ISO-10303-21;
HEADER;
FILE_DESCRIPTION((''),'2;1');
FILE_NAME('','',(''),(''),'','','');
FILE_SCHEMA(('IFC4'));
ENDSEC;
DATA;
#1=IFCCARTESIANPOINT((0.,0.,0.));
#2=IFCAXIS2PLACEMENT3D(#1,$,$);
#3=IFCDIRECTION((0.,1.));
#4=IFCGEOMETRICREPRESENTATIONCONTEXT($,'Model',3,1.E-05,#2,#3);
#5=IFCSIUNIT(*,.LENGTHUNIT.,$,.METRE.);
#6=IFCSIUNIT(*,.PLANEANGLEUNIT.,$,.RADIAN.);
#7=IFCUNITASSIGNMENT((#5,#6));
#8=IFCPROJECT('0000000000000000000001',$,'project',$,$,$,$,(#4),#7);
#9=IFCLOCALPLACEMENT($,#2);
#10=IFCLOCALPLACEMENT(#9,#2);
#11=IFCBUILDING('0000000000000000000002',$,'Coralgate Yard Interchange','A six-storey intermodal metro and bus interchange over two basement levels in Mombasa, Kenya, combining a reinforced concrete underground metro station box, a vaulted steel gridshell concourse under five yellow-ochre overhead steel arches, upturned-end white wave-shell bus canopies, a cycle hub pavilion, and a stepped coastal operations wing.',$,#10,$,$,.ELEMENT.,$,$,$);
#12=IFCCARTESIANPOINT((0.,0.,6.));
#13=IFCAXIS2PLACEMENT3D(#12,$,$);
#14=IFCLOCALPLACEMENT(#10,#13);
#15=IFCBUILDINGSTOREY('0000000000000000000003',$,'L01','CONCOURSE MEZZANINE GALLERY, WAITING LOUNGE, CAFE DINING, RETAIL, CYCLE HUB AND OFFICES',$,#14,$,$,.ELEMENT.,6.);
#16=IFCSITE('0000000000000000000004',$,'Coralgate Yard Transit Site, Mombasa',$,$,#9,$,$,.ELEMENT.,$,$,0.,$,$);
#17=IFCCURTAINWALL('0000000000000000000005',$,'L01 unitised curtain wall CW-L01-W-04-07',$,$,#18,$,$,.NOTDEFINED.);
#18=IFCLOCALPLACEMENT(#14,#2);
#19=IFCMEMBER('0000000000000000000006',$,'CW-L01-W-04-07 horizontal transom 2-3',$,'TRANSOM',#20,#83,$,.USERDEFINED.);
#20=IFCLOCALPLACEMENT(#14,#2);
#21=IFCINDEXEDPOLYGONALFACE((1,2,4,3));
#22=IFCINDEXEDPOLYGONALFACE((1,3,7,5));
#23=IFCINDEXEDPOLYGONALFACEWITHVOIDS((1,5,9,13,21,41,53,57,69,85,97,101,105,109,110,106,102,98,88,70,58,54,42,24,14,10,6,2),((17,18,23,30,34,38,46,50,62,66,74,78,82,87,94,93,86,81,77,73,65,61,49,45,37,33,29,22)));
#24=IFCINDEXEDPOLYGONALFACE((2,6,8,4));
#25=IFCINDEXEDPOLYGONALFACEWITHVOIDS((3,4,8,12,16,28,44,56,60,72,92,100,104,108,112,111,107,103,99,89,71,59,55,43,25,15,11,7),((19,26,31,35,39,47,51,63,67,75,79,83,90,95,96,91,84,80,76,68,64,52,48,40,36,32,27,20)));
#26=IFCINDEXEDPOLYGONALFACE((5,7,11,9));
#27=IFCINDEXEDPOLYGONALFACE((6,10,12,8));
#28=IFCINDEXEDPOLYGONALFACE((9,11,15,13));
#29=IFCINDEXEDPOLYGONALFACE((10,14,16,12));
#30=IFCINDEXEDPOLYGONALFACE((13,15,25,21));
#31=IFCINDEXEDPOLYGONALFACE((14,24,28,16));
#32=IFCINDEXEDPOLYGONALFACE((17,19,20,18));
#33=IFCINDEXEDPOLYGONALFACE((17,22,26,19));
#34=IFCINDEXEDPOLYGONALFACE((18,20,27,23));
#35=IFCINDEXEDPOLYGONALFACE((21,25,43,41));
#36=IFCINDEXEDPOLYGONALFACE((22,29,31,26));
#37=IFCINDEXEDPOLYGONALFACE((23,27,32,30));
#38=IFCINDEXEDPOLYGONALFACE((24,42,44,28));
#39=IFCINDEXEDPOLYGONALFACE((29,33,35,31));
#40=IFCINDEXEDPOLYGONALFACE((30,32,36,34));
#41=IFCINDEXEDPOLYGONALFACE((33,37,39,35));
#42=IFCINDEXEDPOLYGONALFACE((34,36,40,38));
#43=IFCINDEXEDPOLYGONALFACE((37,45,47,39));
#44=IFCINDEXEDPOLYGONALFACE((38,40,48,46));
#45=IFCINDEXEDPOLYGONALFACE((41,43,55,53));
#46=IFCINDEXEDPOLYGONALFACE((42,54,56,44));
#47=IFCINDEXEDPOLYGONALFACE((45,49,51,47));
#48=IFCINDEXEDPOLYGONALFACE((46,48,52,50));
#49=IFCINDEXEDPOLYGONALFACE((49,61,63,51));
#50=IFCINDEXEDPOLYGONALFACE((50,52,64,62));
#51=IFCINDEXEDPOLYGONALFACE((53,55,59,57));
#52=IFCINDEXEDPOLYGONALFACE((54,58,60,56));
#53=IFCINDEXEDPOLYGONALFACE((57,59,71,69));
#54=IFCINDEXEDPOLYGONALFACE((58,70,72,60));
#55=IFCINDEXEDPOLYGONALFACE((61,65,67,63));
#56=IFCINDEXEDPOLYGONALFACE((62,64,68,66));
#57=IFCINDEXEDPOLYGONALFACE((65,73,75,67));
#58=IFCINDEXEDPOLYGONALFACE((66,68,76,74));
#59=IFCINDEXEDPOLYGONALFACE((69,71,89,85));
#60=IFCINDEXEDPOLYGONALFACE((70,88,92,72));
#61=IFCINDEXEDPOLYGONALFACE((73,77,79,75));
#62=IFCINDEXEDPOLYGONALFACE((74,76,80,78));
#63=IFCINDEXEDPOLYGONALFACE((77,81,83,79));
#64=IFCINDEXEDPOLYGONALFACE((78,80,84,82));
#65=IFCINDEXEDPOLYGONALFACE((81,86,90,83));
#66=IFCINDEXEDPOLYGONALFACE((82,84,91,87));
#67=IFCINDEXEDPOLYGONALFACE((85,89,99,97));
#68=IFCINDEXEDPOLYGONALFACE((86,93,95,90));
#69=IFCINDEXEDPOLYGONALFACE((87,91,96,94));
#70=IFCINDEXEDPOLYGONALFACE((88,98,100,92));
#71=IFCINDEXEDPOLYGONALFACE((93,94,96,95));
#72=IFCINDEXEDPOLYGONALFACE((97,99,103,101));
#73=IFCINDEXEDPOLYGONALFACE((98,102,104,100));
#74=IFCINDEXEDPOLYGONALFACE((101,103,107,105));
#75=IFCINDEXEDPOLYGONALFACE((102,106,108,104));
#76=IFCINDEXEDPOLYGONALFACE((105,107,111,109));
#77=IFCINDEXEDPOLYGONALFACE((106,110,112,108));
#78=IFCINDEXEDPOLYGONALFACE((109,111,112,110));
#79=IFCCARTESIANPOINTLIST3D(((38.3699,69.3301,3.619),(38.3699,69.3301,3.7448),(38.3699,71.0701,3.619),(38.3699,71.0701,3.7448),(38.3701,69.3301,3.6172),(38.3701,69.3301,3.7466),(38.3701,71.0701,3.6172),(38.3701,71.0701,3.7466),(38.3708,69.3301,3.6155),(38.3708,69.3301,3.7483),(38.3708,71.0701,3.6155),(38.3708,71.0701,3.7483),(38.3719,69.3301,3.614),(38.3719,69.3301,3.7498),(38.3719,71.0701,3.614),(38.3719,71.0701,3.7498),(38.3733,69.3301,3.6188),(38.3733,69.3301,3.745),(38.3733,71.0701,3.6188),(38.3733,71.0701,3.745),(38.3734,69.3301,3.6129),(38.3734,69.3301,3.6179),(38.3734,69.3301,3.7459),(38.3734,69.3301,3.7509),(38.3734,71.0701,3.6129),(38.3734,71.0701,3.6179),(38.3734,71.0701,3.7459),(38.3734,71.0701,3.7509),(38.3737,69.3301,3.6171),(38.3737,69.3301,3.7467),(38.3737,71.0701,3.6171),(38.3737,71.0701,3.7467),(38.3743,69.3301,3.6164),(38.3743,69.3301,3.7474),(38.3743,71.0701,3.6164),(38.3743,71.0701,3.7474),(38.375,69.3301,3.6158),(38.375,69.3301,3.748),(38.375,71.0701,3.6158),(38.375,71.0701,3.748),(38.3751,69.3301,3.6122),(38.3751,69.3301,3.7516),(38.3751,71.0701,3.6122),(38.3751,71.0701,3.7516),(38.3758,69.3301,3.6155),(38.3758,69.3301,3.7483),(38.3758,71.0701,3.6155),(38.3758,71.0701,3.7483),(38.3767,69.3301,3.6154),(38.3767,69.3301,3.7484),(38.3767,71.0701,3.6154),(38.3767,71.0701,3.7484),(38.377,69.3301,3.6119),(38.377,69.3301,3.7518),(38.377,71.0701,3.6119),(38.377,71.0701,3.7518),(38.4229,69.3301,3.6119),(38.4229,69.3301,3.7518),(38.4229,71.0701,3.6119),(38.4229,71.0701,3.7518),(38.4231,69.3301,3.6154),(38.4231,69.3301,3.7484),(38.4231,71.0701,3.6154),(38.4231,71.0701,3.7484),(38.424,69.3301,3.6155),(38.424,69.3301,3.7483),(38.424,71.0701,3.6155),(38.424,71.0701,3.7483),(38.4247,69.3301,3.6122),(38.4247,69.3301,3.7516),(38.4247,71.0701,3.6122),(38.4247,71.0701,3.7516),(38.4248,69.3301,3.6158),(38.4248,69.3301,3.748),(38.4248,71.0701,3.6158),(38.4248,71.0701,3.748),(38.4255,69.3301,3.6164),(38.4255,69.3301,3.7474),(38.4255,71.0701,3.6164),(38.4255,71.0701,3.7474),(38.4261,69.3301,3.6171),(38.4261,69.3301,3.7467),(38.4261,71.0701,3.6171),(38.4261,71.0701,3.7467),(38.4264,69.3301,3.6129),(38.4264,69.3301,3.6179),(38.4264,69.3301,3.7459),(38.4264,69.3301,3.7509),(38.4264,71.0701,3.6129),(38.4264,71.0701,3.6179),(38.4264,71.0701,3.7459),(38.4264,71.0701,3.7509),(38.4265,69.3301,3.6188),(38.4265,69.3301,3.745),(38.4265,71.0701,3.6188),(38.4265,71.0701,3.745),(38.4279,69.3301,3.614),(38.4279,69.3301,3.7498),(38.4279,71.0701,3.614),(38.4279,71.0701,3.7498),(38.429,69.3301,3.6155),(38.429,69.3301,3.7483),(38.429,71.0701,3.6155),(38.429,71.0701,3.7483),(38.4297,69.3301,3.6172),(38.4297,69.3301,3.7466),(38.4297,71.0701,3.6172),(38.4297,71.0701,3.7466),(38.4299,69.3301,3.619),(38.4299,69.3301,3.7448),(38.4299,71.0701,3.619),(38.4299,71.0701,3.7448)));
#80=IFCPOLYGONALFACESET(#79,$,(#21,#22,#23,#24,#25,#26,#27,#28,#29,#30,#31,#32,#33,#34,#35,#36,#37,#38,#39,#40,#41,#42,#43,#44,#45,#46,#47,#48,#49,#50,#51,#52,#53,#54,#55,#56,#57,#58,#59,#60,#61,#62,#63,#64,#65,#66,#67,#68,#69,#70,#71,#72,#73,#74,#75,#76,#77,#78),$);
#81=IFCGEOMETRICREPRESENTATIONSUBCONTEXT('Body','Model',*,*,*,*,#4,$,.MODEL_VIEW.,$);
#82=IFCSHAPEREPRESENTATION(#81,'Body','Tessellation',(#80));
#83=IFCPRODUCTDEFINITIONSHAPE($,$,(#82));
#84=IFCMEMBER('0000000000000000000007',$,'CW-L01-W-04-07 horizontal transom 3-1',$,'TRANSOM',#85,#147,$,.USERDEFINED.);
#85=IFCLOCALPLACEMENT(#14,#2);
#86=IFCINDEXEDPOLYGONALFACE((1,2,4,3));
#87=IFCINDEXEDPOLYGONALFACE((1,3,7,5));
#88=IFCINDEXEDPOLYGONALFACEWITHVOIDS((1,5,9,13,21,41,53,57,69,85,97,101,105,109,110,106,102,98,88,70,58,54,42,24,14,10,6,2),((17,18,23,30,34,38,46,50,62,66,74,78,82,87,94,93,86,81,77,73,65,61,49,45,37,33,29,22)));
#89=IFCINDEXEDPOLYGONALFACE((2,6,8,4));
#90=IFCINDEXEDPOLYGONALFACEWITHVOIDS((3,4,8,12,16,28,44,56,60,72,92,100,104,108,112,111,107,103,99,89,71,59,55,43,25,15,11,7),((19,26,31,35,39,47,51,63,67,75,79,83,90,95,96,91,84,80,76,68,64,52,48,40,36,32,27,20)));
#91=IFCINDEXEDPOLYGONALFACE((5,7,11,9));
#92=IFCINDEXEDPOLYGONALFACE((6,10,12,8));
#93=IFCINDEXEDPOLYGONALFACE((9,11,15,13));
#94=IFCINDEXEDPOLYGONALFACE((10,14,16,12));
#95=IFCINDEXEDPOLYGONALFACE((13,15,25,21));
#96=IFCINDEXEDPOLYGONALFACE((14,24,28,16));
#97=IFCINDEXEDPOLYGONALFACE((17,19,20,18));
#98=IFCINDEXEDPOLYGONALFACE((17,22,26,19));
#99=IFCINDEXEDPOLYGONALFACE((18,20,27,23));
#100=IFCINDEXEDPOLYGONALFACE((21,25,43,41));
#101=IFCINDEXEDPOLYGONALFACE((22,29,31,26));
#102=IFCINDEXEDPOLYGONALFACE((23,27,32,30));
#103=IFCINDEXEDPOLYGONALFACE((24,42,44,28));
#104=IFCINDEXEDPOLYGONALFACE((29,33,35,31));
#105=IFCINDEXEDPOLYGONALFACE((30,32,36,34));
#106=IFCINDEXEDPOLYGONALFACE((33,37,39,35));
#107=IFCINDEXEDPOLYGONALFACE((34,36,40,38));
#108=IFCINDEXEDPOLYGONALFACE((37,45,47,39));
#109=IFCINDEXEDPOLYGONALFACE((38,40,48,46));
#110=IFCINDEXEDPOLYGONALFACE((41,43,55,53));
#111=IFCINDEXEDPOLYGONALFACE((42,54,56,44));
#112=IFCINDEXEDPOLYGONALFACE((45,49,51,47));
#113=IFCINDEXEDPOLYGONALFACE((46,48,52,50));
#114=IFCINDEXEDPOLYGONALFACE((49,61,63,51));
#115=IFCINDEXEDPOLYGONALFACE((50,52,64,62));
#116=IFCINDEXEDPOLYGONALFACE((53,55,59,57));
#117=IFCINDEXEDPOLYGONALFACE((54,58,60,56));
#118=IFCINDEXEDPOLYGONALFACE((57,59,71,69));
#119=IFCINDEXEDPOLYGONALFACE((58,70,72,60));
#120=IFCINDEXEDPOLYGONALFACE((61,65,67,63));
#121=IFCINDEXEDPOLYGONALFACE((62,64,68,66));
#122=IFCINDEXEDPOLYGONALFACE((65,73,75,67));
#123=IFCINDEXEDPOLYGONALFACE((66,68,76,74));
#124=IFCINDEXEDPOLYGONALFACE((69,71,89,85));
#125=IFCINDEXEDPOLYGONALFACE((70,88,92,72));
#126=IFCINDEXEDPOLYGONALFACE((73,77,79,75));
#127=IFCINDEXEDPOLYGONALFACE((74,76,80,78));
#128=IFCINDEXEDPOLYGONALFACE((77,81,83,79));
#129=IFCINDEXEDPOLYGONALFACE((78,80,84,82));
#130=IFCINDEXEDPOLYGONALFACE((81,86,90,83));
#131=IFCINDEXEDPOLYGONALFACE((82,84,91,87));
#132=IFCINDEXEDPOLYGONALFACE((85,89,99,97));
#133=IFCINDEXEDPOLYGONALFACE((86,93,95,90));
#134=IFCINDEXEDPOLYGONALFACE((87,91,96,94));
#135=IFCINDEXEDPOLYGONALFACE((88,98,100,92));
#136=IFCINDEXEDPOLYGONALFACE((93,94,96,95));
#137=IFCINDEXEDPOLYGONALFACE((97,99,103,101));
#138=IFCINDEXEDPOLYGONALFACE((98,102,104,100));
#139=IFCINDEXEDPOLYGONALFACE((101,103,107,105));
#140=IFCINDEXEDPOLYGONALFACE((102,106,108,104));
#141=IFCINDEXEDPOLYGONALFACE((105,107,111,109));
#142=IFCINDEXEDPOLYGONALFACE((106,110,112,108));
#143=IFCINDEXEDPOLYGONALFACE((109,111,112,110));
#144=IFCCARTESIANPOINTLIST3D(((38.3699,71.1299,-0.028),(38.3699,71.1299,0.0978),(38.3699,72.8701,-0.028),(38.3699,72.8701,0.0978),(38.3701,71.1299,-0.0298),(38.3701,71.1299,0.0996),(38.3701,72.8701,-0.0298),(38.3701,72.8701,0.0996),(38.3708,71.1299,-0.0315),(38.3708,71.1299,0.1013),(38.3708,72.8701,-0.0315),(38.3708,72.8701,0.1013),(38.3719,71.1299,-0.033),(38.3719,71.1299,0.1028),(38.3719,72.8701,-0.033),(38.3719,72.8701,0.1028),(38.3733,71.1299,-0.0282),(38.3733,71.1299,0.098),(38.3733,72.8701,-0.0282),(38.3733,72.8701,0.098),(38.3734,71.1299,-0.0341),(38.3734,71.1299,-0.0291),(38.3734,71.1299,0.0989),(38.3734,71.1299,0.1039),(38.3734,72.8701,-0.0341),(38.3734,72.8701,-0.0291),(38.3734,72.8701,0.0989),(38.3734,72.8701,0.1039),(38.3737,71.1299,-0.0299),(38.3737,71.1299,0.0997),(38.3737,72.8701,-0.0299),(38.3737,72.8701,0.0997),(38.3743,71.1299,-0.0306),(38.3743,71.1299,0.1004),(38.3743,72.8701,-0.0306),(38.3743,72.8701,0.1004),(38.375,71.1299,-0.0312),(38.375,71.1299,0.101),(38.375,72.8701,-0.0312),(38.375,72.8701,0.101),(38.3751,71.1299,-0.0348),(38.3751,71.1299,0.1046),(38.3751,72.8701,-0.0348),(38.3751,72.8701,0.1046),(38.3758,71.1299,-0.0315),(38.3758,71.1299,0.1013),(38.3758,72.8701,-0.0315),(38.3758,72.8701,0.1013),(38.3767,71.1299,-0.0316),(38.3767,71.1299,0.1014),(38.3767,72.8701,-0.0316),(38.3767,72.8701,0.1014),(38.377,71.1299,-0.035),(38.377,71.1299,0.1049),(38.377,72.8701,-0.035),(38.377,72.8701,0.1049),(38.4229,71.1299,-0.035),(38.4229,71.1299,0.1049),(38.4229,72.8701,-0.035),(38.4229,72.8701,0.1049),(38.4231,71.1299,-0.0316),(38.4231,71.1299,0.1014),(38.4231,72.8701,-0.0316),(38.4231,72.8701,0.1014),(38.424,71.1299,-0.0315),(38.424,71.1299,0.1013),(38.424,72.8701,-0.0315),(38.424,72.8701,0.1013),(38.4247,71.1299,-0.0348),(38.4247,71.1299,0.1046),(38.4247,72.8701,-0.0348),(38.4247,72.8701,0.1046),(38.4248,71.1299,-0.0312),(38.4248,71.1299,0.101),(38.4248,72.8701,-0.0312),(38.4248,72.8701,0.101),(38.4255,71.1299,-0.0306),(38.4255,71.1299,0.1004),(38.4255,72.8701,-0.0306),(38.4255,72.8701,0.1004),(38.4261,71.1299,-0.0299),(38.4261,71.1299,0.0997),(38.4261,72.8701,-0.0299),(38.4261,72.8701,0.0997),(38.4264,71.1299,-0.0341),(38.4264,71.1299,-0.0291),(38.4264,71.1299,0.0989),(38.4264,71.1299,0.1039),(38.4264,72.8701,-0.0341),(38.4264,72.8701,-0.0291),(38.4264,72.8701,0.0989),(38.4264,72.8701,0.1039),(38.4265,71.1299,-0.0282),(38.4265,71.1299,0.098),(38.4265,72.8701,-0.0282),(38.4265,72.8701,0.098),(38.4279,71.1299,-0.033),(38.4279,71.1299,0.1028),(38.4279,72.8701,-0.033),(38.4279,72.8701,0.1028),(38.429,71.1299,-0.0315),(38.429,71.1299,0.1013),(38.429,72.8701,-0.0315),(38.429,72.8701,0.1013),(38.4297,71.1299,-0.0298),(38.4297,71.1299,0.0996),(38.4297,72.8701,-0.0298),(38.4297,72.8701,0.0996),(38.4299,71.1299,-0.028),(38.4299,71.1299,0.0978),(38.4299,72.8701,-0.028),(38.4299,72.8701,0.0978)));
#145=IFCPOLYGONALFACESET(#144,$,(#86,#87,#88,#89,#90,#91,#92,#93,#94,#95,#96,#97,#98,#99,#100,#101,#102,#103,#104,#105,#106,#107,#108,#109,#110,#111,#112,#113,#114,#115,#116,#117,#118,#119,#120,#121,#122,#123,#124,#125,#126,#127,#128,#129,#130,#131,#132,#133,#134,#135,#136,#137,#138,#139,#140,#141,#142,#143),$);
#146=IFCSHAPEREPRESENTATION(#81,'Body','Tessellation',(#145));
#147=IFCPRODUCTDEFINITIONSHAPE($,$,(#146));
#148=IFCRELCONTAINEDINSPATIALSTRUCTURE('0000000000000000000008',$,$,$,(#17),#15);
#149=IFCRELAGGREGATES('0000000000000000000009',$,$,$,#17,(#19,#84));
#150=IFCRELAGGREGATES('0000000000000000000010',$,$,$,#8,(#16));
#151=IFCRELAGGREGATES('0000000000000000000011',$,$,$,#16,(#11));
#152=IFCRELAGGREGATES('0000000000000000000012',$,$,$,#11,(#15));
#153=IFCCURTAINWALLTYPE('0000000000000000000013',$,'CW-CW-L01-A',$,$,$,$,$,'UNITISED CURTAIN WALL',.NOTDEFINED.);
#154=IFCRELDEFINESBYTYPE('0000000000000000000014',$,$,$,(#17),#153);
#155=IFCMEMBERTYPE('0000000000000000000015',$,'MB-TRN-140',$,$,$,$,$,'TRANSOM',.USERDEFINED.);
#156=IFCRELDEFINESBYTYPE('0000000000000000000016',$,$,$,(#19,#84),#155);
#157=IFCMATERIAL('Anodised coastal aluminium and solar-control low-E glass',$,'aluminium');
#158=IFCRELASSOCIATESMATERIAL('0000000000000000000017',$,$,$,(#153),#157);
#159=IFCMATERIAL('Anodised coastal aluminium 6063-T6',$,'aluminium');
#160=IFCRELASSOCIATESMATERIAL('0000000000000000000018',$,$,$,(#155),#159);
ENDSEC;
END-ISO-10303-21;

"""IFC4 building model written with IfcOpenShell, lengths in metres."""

from ifc_helpers import new_model, si_unit, direction, frame, origin, origin_2d, place, context, subcontext, project, spatial, hollow_rectangle, extrude, material, material_profile, profile_set, type_object, element, aggregate, save


model = new_model("IFC4")

# Units and contexts
model_context = context("Model", 3, precision=1e-05, world=origin(), true_north=direction((0.0, 1.0)))
body_context = subcontext(model_context, "Body", "Model", "MODEL_VIEW")
ifc_project = project(units=[si_unit("LENGTHUNIT", "METRE"), si_unit("PLANEANGLEUNIT", "RADIAN")], contexts=[model_context])

# Site, building, storey
site_placement = place(None, origin())
site = spatial("IfcSite", under=ifc_project, at=site_placement, Name="Coralgate Yard Transit Site, Mombasa", CompositionType="ELEMENT", RefElevation=0.0)
building_placement = place(site_placement, origin())
building = spatial("IfcBuilding", under=site, at=building_placement, Name="Coralgate Yard Interchange", Description="A six-storey intermodal metro and bus interchange over two basement levels in Mombasa, Kenya, combining a reinforced concrete underground metro station box, a vaulted steel gridshell concourse under five yellow-ochre overhead steel arches, upturned-end white wave-shell bus canopies, a cycle hub pavilion, and a stepped coastal operations wing.", CompositionType="ELEMENT")
storey_placement = place(building_placement, frame((0.0, 0.0, 6.0)))
storey = spatial("IfcBuildingStorey", under=building, at=storey_placement, Name="L01", Description="CONCOURSE MEZZANINE GALLERY, WAITING LOUNGE, CAFE DINING, RETAIL, CYCLE HUB AND OFFICES", CompositionType="ELEMENT", Elevation=6.0)

# Shared definitions
ifc_material_1 = material(Name="Anodised coastal aluminium and solar-control low-E glass", Category="aluminium")
curtain_wall_type = type_object("IfcCurtainWallType", Name="CW-CW-L01-A", ElementType="UNITISED CURTAIN WALL", PredefinedType="NOTDEFINED", material=ifc_material_1)
ifc_material_2 = material(Name="Anodised coastal aluminium 6063-T6", Category="aluminium")

# Curtain wall, members
curtain_wall_1_placement = place(storey_placement, origin())
curtain_wall_1 = element("IfcCurtainWall", 1, at=curtain_wall_1_placement, inside=storey, type_object=curtain_wall_type, Name="L01 unitised curtain wall CW-L01-W-04-07", PredefinedType="NOTDEFINED")
ifc_material_profile_1 = material_profile(ifc_material_2, hollow_rectangle(XDim=0.0601, YDim=0.1399, WallThickness=0.0034, InnerFilletRadius=0.0034, OuterFilletRadius=0.0071, at=origin_2d()), Name="ALU 60x140x3.5")
ifc_profile_set_1 = profile_set([ifc_material_profile_1], Name="Anodised coastal aluminium 6063-T6")
member_type_1 = type_object("IfcMemberType", Name="MB-TRN-140", ElementType="TRANSOM", PredefinedType="USERDEFINED", material=ifc_profile_set_1)
member_1_placement = place(storey_placement, frame((38.3999, 69.3301, 3.6819), z_axis=(0.0, 1.0, 0.0), x_axis=(-1.0, 0.0, 0.0)))
member_1 = element("IfcMember", 2, at=member_1_placement, type_object=member_type_1, Name="CW-L01-W-04-07 horizontal transom 2-3", ObjectType="TRANSOM", PredefinedType="USERDEFINED", context=body_context, shape_type="SweptSolid", body=[
    extrude(hollow_rectangle(XDim=0.0601, YDim=0.1399, WallThickness=0.0034, InnerFilletRadius=0.0034, OuterFilletRadius=0.0071, at=origin_2d()), origin(), (0.0, 0.0, 1.0), 1.74),
])
member_2_placement = place(storey_placement, frame((38.3999, 71.1299, 0.0349), z_axis=(0.0, 1.0, 0.0), x_axis=(-1.0, 0.0, 0.0)))
member_2 = element("IfcMember", 3, at=member_2_placement, type_object=member_type_1, Name="CW-L01-W-04-07 horizontal transom 3-1", ObjectType="TRANSOM", PredefinedType="USERDEFINED", context=body_context, shape_type="SweptSolid", body=[
    extrude(hollow_rectangle(XDim=0.0601, YDim=0.1399, WallThickness=0.0034, InnerFilletRadius=0.0034, OuterFilletRadius=0.0071, at=origin_2d()), origin(), (0.0, 0.0, 1.0), 1.7402),
])

aggregate(curtain_wall_1, [member_1, member_2])

save(model, "model.ifc")
